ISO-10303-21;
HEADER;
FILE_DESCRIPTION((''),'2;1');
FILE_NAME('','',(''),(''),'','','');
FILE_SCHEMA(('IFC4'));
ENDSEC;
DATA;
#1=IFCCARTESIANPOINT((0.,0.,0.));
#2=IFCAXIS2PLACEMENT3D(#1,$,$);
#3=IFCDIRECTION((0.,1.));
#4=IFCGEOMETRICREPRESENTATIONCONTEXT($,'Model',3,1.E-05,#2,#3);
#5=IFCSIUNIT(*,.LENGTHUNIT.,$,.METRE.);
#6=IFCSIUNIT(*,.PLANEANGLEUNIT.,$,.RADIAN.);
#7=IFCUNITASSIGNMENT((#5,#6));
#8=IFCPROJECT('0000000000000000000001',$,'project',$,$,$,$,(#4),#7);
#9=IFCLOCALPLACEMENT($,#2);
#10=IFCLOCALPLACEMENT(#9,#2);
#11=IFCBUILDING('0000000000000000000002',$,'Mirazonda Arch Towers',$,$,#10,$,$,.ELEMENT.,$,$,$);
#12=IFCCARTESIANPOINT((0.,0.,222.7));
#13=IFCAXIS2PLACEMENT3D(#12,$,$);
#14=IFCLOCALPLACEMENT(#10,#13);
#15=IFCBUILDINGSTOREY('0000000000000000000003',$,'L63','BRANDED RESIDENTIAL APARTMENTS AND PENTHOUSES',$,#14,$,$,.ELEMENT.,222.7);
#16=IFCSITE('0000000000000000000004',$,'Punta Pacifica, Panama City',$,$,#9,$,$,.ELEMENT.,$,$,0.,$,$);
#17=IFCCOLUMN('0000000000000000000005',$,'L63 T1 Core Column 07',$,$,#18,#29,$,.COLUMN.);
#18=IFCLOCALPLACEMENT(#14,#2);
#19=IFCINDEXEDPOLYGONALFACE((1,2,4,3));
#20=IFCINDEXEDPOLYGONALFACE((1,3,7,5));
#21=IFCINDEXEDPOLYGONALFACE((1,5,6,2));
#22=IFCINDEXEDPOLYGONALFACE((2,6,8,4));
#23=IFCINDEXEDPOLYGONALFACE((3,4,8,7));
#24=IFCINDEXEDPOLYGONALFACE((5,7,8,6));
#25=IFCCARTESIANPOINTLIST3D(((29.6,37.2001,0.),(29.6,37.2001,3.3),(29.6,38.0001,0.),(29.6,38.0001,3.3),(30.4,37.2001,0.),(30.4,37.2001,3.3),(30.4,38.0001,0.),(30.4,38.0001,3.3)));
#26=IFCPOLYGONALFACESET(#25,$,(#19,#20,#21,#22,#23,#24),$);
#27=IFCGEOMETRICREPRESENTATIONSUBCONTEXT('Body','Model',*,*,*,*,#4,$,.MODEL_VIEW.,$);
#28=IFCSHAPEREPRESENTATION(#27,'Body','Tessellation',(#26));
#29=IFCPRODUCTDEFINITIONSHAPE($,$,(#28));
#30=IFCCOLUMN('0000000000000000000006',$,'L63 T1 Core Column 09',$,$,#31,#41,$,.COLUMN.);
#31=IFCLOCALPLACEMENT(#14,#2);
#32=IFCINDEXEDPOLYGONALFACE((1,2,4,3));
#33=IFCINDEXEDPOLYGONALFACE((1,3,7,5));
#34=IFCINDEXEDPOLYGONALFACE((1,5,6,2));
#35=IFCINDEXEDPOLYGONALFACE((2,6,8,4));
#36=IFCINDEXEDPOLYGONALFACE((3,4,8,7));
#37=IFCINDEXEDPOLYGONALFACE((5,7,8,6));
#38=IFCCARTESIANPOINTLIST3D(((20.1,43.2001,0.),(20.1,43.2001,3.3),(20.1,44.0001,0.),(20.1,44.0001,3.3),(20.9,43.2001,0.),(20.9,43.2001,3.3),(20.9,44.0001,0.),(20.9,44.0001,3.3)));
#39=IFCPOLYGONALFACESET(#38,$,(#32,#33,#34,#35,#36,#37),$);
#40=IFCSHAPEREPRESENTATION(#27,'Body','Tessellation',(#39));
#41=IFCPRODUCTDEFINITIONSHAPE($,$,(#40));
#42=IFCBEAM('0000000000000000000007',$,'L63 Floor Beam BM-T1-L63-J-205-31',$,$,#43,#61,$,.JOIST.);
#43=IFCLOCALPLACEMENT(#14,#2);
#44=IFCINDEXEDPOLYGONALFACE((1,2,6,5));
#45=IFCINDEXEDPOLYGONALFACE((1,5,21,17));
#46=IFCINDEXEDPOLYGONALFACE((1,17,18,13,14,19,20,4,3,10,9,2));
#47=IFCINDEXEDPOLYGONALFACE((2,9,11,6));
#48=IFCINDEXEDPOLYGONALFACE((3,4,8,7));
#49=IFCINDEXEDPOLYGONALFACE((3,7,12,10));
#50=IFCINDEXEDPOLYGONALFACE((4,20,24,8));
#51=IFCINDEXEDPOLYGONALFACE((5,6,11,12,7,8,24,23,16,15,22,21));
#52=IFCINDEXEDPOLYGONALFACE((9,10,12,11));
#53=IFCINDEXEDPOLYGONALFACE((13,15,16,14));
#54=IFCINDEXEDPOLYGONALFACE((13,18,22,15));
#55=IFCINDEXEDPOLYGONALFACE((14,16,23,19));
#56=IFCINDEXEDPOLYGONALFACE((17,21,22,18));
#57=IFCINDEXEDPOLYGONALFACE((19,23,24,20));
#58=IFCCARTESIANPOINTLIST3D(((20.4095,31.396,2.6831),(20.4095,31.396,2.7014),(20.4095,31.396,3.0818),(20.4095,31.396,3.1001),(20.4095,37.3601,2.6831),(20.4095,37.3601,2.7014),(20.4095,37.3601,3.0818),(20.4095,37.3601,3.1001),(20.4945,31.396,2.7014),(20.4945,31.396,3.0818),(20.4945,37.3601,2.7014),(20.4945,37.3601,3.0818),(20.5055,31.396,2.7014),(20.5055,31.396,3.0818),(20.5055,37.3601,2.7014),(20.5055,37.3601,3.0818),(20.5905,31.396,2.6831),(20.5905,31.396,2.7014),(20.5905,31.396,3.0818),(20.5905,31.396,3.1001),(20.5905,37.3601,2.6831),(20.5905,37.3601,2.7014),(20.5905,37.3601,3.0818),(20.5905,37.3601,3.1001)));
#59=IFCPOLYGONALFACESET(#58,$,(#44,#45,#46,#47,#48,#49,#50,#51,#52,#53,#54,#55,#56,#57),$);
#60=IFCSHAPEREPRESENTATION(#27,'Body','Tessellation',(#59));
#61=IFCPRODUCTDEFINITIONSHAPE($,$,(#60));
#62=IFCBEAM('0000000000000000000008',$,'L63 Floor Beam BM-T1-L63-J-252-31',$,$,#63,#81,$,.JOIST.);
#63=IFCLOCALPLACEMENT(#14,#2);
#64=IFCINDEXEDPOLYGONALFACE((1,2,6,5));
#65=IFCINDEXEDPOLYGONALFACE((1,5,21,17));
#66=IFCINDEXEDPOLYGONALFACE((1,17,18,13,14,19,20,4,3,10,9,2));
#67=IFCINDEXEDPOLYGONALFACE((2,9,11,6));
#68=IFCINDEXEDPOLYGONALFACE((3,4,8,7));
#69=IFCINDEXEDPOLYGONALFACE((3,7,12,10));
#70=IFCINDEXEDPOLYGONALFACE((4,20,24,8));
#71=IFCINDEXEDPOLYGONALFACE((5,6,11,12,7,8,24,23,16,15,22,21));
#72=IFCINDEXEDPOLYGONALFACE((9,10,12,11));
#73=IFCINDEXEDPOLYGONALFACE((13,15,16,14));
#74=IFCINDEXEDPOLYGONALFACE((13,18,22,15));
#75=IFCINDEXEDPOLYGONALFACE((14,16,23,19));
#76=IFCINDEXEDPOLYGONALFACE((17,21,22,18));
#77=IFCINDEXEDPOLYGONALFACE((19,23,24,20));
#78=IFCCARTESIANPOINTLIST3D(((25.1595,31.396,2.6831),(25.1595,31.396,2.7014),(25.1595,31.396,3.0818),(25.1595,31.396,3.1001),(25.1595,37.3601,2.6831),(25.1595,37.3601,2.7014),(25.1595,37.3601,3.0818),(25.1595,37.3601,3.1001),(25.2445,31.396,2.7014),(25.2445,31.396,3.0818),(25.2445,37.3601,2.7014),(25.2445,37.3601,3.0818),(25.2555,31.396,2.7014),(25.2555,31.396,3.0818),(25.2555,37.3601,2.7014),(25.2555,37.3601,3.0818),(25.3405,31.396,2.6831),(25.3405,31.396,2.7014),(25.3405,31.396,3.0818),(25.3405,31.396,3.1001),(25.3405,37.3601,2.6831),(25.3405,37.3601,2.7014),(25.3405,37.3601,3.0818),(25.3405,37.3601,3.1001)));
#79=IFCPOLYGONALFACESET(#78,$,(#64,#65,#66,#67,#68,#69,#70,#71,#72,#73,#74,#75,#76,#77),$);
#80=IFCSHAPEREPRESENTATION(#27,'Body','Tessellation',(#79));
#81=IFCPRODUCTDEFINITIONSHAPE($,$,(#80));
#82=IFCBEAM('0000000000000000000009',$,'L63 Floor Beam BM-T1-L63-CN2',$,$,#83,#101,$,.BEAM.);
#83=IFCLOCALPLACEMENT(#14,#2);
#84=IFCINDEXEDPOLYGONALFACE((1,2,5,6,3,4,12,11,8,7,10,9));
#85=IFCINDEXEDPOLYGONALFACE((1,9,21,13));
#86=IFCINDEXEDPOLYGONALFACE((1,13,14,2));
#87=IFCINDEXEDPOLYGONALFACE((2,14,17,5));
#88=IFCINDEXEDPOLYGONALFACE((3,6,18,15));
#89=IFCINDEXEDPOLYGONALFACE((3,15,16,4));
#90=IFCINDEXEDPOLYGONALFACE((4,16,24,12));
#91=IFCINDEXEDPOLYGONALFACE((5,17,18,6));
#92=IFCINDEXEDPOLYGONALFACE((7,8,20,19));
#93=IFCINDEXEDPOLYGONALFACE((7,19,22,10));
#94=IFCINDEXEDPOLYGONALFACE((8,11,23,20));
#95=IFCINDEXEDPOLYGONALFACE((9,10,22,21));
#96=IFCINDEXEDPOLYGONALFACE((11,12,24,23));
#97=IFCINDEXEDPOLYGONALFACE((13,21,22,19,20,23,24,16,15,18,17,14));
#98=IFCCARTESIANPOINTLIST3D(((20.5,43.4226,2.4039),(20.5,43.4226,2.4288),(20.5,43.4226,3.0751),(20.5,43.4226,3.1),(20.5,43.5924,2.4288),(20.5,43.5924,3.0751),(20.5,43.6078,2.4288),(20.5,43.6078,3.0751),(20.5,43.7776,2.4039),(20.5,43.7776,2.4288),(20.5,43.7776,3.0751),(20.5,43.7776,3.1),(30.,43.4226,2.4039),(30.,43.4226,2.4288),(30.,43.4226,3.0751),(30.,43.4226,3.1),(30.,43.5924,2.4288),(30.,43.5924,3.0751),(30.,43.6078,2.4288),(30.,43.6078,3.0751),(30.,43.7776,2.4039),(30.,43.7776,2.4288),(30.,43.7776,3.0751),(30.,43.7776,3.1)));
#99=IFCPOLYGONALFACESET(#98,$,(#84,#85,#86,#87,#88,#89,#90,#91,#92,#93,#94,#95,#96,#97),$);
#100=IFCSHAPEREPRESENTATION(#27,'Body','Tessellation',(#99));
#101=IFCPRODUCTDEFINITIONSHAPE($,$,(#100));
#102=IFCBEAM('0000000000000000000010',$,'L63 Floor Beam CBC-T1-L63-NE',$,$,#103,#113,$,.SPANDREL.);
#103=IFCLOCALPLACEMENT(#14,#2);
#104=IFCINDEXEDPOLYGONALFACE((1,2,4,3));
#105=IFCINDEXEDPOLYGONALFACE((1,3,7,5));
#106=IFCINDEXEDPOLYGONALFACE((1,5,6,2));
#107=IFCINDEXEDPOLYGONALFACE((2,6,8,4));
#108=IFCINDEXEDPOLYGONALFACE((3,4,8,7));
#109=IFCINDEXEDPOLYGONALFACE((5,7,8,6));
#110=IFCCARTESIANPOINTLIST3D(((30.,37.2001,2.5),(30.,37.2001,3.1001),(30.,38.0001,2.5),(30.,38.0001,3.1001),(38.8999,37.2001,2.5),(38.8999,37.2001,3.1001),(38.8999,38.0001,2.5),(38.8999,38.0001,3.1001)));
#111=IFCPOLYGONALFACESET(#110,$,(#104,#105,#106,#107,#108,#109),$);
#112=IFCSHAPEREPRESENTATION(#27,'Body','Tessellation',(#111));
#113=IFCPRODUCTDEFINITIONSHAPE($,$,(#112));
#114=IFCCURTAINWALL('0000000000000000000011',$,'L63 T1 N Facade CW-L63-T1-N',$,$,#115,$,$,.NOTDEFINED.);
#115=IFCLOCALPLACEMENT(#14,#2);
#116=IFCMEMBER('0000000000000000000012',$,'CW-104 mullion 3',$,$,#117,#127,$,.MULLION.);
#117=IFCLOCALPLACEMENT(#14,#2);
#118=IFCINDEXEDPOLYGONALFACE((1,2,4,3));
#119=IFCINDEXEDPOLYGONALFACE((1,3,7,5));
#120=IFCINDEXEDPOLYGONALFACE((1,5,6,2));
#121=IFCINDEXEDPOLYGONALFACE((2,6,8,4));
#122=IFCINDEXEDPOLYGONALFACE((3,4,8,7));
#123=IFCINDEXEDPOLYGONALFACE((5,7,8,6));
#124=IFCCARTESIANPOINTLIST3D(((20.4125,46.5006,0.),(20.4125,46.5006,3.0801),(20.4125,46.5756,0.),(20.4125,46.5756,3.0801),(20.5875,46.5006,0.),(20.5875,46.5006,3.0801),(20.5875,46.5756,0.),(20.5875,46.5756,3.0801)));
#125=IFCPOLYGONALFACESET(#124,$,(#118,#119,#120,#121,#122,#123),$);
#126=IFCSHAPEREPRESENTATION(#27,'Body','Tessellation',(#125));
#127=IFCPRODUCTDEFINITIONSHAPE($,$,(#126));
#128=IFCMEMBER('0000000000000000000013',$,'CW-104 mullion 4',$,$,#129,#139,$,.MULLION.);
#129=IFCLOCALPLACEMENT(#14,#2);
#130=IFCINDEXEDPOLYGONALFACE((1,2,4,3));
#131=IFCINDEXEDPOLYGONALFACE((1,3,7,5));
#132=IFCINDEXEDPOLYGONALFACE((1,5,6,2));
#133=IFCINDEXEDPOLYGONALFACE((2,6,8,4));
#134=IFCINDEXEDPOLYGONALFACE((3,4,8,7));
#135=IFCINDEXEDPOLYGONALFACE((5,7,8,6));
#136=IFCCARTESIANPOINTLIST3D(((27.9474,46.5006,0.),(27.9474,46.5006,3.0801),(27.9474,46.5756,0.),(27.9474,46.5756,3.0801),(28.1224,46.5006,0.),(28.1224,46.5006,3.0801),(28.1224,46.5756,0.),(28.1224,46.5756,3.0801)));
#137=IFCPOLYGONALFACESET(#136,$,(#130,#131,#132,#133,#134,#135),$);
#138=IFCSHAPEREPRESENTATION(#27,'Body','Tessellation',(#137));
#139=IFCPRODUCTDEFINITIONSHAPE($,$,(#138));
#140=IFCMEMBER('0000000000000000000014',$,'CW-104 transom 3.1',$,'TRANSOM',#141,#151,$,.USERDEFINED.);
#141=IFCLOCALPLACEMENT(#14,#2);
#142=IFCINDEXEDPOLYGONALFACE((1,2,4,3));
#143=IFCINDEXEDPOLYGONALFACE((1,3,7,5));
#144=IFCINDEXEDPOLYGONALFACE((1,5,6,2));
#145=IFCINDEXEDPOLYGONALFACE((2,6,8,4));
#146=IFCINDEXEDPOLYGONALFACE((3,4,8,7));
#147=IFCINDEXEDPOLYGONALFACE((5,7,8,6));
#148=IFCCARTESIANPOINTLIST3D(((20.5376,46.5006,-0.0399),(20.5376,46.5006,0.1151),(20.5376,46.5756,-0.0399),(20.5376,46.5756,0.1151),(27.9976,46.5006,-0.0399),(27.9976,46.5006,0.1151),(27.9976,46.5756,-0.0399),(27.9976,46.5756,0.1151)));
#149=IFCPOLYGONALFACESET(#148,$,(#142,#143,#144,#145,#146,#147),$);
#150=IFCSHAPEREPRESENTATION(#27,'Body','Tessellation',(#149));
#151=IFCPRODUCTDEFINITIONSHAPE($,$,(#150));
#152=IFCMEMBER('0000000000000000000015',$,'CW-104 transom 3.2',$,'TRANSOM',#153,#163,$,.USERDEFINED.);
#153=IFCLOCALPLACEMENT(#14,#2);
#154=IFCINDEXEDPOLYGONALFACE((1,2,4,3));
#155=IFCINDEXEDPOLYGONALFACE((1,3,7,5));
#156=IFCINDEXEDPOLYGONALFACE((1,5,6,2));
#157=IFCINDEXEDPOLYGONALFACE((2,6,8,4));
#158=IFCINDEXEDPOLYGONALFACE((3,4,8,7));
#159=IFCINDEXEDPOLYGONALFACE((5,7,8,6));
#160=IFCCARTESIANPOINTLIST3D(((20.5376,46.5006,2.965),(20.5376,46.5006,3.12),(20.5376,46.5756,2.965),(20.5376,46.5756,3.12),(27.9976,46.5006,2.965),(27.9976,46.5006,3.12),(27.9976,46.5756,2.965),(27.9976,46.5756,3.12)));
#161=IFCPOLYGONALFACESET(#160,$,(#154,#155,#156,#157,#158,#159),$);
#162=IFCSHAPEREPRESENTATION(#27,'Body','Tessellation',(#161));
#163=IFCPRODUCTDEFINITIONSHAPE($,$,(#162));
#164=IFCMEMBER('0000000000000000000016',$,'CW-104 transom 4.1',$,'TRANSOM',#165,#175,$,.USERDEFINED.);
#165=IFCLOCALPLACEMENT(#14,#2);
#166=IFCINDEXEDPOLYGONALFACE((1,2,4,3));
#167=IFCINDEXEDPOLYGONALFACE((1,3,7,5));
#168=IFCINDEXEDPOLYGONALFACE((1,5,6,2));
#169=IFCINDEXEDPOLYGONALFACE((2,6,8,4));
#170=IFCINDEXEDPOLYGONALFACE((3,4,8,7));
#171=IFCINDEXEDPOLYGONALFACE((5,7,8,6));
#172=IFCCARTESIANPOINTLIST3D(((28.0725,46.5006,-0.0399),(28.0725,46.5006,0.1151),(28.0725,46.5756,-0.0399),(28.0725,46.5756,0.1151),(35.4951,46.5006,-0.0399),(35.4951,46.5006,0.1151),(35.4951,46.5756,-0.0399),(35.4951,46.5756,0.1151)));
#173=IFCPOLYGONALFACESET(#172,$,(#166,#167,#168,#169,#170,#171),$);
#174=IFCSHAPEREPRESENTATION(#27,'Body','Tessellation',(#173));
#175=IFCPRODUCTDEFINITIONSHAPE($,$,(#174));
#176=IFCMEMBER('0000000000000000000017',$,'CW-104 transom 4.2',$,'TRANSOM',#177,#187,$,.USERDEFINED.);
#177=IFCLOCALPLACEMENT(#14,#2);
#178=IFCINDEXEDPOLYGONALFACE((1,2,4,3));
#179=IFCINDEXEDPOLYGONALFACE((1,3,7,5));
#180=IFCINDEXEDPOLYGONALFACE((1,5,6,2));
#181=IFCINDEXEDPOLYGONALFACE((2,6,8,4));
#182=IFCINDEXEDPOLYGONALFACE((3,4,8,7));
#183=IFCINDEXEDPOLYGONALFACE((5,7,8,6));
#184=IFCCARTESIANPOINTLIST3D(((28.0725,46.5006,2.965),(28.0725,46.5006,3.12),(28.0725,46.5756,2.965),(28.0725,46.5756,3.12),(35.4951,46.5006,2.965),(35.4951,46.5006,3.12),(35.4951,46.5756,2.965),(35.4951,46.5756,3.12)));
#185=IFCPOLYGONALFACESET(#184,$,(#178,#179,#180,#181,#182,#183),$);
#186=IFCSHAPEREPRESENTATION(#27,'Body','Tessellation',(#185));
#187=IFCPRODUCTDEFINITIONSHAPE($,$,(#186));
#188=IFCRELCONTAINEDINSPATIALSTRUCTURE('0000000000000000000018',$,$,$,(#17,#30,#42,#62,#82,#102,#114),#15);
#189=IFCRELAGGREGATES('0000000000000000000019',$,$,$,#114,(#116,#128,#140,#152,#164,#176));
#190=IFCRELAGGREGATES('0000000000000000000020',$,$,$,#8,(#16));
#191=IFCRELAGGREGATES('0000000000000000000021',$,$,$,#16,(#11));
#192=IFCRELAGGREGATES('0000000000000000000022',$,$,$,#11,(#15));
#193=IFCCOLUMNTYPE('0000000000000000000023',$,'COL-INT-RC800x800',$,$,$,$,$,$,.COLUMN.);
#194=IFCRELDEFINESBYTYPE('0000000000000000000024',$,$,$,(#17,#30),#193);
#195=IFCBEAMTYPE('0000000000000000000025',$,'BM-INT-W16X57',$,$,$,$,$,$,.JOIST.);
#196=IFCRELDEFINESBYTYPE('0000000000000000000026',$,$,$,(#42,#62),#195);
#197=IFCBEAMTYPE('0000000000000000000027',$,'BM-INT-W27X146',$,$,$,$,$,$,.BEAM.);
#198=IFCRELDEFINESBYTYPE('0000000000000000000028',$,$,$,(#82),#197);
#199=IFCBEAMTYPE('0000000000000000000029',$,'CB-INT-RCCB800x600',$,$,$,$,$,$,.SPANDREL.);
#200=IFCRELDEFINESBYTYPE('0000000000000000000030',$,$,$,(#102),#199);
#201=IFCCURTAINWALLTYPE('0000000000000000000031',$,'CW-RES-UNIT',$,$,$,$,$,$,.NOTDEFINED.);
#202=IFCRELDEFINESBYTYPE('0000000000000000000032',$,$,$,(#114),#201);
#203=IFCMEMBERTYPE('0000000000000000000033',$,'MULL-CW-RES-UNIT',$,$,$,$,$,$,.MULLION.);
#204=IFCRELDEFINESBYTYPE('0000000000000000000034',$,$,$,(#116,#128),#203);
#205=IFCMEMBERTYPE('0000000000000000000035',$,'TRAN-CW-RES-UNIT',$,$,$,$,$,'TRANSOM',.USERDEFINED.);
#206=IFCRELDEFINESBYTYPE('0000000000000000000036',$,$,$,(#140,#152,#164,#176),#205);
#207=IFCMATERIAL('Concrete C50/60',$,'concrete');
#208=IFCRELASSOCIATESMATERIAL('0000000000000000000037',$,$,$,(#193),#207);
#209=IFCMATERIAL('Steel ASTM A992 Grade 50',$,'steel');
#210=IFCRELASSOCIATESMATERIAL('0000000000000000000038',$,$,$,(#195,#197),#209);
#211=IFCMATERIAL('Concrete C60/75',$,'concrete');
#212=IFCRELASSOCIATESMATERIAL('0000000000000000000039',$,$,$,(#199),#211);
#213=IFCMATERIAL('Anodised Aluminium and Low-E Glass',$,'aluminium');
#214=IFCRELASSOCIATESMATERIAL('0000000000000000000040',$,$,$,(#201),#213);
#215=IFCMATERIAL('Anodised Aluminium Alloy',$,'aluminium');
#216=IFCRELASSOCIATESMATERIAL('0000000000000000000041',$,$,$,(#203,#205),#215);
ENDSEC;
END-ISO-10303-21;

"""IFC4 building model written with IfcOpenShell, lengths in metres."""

from ifc_helpers import new_model, si_unit, direction, frame, origin, origin_2d, place, context, subcontext, project, spatial, rectangle, i_section, extrude, material, material_profile, profile_set, type_object, element, aggregate, save


model = new_model("IFC4")

# Units and contexts
model_context = context("Model", 3, precision=1e-05, world=origin(), true_north=direction((0.0, 1.0)))
body_context = subcontext(model_context, "Body", "Model", "MODEL_VIEW")
ifc_project = project(units=[si_unit("LENGTHUNIT", "METRE"), si_unit("PLANEANGLEUNIT", "RADIAN")], contexts=[model_context])

# Site, building, storey
site_placement = place(None, origin())
site = spatial("IfcSite", under=ifc_project, at=site_placement, Name="Punta Pacifica, Panama City", CompositionType="ELEMENT", RefElevation=0.0)
building_placement = place(site_placement, origin())
building = spatial("IfcBuilding", under=site, at=building_placement, Name="Mirazonda Arch Towers", CompositionType="ELEMENT")
storey_placement = place(building_placement, frame((0.0, 0.0, 222.7)))
storey = spatial("IfcBuildingStorey", under=building, at=storey_placement, Name="L63", Description="BRANDED RESIDENTIAL APARTMENTS AND PENTHOUSES", CompositionType="ELEMENT", Elevation=222.7)

# Columns
ifc_material_1 = material(Name="Concrete C50/60", Category="concrete")
ifc_material_profile_1 = material_profile(ifc_material_1, rectangle(XDim=0.8, YDim=0.8, at=origin_2d()), Name="RC800x800")
ifc_profile_set_1 = profile_set([ifc_material_profile_1], Name="Concrete C50/60")
column_type = type_object("IfcColumnType", Name="COL-INT-RC800x800", PredefinedType="COLUMN", material=ifc_profile_set_1)
for number, where, z_axis, x_axis, name in (
    (1, (30.0, 37.6001, 0.0), (0.0, 0.0, 1.0), (1.0, 0.0, 0.0), "L63 T1 Core Column 07"),
    (2, (20.5, 43.6001, 0.0), (0.0, 0.0, 1.0), (1.0, 0.0, 0.0), "L63 T1 Core Column 09"),
):
    element("IfcColumn", number, at=place(storey_placement, frame(where, z_axis=z_axis, x_axis=x_axis)), inside=storey, type_object=column_type, Name=name, PredefinedType="COLUMN", context=body_context, shape_type="SweptSolid", body=[
        extrude(rectangle(XDim=0.8, YDim=0.8, at=origin_2d()), origin(), (0.0, 0.0, 1.0), 3.3),
    ])

# Beams
ifc_material_2 = material(Name="Steel ASTM A992 Grade 50", Category="steel")
ifc_material_profile_2 = material_profile(ifc_material_2, i_section(OverallWidth=0.1809, OverallDepth=0.417, WebThickness=0.011, FlangeThickness=0.0183, at=origin_2d()), Name="W16X57")
ifc_profile_set_2 = profile_set([ifc_material_profile_2], Name="Steel ASTM A992 Grade 50")
beam_type_1 = type_object("IfcBeamType", Name="BM-INT-W16X57", PredefinedType="JOIST", material=ifc_profile_set_2)
for number, where, z_axis, x_axis, name in (
    (3, (20.5, 31.396, 2.8916), (0.0, 1.0, 0.0), (-1.0, 0.0, 0.0), "L63 Floor Beam BM-T1-L63-J-205-31"),
    (4, (25.25, 31.396, 2.8916), (0.0, 1.0, 0.0), (-1.0, 0.0, 0.0), "L63 Floor Beam BM-T1-L63-J-252-31"),
):
    element("IfcBeam", number, at=place(storey_placement, frame(where, z_axis=z_axis, x_axis=x_axis)), inside=storey, type_object=beam_type_1, Name=name, PredefinedType="JOIST", context=body_context, shape_type="SweptSolid", body=[
        extrude(i_section(OverallWidth=0.1809, OverallDepth=0.417, WebThickness=0.011, FlangeThickness=0.0183, at=origin_2d()), origin(), (0.0, 0.0, 1.0), 5.9641),
    ])
ifc_material_profile_3 = material_profile(ifc_material_2, i_section(OverallWidth=0.355, OverallDepth=0.696, WebThickness=0.0154, FlangeThickness=0.0249, at=origin_2d()), Name="W27X146")
ifc_profile_set_3 = profile_set([ifc_material_profile_3], Name="Steel ASTM A992 Grade 50")
beam_type_2 = type_object("IfcBeamType", Name="BM-INT-W27X146", PredefinedType="BEAM", material=ifc_profile_set_3)
beam_1_placement = place(storey_placement, frame((20.5, 43.6001, 2.752), z_axis=(1.0, 0.0, 0.0), x_axis=(0.0, 1.0, 0.0)))
element("IfcBeam", 5, at=beam_1_placement, inside=storey, type_object=beam_type_2, Name="L63 Floor Beam BM-T1-L63-CN2", PredefinedType="BEAM", context=body_context, shape_type="SweptSolid", body=[
    extrude(i_section(OverallWidth=0.355, OverallDepth=0.696, WebThickness=0.0154, FlangeThickness=0.0249, at=origin_2d()), origin(), (0.0, 0.0, 1.0), 9.5),
])
ifc_material_3 = material(Name="Concrete C60/75", Category="concrete")
ifc_material_profile_4 = material_profile(ifc_material_3, rectangle(XDim=0.8, YDim=0.6001, at=origin_2d()), Name="RCCB800x600")
ifc_profile_set_4 = profile_set([ifc_material_profile_4], Name="Concrete C60/75")
beam_type_3 = type_object("IfcBeamType", Name="CB-INT-RCCB800x600", PredefinedType="SPANDREL", material=ifc_profile_set_4)
beam_2_placement = place(storey_placement, frame((30.0, 37.6001, 2.8), z_axis=(1.0, 0.0, 0.0), x_axis=(0.0, 1.0, 0.0)))
element("IfcBeam", 6, at=beam_2_placement, inside=storey, type_object=beam_type_3, Name="L63 Floor Beam CBC-T1-L63-NE", PredefinedType="SPANDREL", context=body_context, shape_type="SweptSolid", body=[
    extrude(rectangle(XDim=0.8, YDim=0.6001, at=origin_2d()), origin(), (0.0, 0.0, 1.0), 8.8999),
])

# Curtain wall, members
ifc_material_4 = material(Name="Anodised Aluminium and Low-E Glass", Category="aluminium")
curtain_wall_type = type_object("IfcCurtainWallType", Name="CW-RES-UNIT", PredefinedType="NOTDEFINED", material=ifc_material_4)
curtain_wall_placement = place(storey_placement, origin())
curtain_wall = element("IfcCurtainWall", 7, at=curtain_wall_placement, inside=storey, type_object=curtain_wall_type, Name="L63 T1 N Facade CW-L63-T1-N", PredefinedType="NOTDEFINED")
ifc_material_5 = material(Name="Anodised Aluminium Alloy", Category="aluminium")
ifc_material_profile_5 = material_profile(ifc_material_5, rectangle(XDim=0.075, YDim=0.175, at=origin_2d()), Name="ALU-MULL-75x175")
ifc_profile_set_5 = profile_set([ifc_material_profile_5], Name="Anodised Aluminium Alloy")
member_type_1 = type_object("IfcMemberType", Name="MULL-CW-RES-UNIT", PredefinedType="MULLION", material=ifc_profile_set_5)
member_1_placement = place(storey_placement, frame((20.5, 46.5381, 0.0), z_axis=(0.0, 0.0, 1.0), x_axis=(0.0, 1.0, 0.0)))
member_1 = element("IfcMember", 8, at=member_1_placement, type_object=member_type_1, Name="CW-104 mullion 3", PredefinedType="MULLION", context=body_context, shape_type="SweptSolid", body=[
    extrude(rectangle(XDim=0.075, YDim=0.175, at=origin_2d()), origin(), (0.0, 0.0, 1.0), 3.0801),
])
member_2_placement = place(storey_placement, frame((28.0349, 46.5381, 0.0), z_axis=(0.0, 0.0, 1.0), x_axis=(0.0, 1.0, 0.0)))
member_2 = element("IfcMember", 9, at=member_2_placement, type_object=member_type_1, Name="CW-104 mullion 4", PredefinedType="MULLION", context=body_context, shape_type="SweptSolid", body=[
    extrude(rectangle(XDim=0.075, YDim=0.175, at=origin_2d()), origin(), (0.0, 0.0, 1.0), 3.0801),
])
ifc_material_profile_6 = material_profile(ifc_material_5, rectangle(XDim=0.075, YDim=0.155, at=origin_2d()), Name="ALU-TRAN-75x155")
ifc_profile_set_6 = profile_set([ifc_material_profile_6], Name="Anodised Aluminium Alloy")
member_type_2 = type_object("IfcMemberType", Name="TRAN-CW-RES-UNIT", ElementType="TRANSOM", PredefinedType="USERDEFINED", material=ifc_profile_set_6)
member_3_placement = place(storey_placement, frame((20.5376, 46.5381, 0.0376), z_axis=(1.0, 0.0, 0.0), x_axis=(0.0, 1.0, 0.0)))
member_3 = element("IfcMember", 10, at=member_3_placement, type_object=member_type_2, Name="CW-104 transom 3.1", ObjectType="TRANSOM", PredefinedType="USERDEFINED", context=body_context, shape_type="SweptSolid", body=[
    extrude(rectangle(XDim=0.075, YDim=0.155, at=origin_2d()), origin(), (0.0, 0.0, 1.0), 7.46),
])
member_4_placement = place(storey_placement, frame((20.5376, 46.5381, 3.0425), z_axis=(1.0, 0.0, 0.0), x_axis=(0.0, 1.0, 0.0)))
member_4 = element("IfcMember", 11, at=member_4_placement, type_object=member_type_2, Name="CW-104 transom 3.2", ObjectType="TRANSOM", PredefinedType="USERDEFINED", context=body_context, shape_type="SweptSolid", body=[
    extrude(rectangle(XDim=0.075, YDim=0.155, at=origin_2d()), origin(), (0.0, 0.0, 1.0), 7.46),
])
member_5_placement = place(storey_placement, frame((28.0725, 46.5381, 0.0376), z_axis=(1.0, 0.0, 0.0), x_axis=(0.0, 1.0, 0.0)))
member_5 = element("IfcMember", 12, at=member_5_placement, type_object=member_type_2, Name="CW-104 transom 4.1", ObjectType="TRANSOM", PredefinedType="USERDEFINED", context=body_context, shape_type="SweptSolid", body=[
    extrude(rectangle(XDim=0.075, YDim=0.155, at=origin_2d()), origin(), (0.0, 0.0, 1.0), 7.4226),
])
member_6_placement = place(storey_placement, frame((28.0725, 46.5381, 3.0425), z_axis=(1.0, 0.0, 0.0), x_axis=(0.0, 1.0, 0.0)))
member_6 = element("IfcMember", 13, at=member_6_placement, type_object=member_type_2, Name="CW-104 transom 4.2", ObjectType="TRANSOM", PredefinedType="USERDEFINED", context=body_context, shape_type="SweptSolid", body=[
    extrude(rectangle(XDim=0.075, YDim=0.155, at=origin_2d()), origin(), (0.0, 0.0, 1.0), 7.4226),
])
aggregate(curtain_wall, [member_1, member_2, member_3, member_4, member_5, member_6])

save(model, "model.ifc")
